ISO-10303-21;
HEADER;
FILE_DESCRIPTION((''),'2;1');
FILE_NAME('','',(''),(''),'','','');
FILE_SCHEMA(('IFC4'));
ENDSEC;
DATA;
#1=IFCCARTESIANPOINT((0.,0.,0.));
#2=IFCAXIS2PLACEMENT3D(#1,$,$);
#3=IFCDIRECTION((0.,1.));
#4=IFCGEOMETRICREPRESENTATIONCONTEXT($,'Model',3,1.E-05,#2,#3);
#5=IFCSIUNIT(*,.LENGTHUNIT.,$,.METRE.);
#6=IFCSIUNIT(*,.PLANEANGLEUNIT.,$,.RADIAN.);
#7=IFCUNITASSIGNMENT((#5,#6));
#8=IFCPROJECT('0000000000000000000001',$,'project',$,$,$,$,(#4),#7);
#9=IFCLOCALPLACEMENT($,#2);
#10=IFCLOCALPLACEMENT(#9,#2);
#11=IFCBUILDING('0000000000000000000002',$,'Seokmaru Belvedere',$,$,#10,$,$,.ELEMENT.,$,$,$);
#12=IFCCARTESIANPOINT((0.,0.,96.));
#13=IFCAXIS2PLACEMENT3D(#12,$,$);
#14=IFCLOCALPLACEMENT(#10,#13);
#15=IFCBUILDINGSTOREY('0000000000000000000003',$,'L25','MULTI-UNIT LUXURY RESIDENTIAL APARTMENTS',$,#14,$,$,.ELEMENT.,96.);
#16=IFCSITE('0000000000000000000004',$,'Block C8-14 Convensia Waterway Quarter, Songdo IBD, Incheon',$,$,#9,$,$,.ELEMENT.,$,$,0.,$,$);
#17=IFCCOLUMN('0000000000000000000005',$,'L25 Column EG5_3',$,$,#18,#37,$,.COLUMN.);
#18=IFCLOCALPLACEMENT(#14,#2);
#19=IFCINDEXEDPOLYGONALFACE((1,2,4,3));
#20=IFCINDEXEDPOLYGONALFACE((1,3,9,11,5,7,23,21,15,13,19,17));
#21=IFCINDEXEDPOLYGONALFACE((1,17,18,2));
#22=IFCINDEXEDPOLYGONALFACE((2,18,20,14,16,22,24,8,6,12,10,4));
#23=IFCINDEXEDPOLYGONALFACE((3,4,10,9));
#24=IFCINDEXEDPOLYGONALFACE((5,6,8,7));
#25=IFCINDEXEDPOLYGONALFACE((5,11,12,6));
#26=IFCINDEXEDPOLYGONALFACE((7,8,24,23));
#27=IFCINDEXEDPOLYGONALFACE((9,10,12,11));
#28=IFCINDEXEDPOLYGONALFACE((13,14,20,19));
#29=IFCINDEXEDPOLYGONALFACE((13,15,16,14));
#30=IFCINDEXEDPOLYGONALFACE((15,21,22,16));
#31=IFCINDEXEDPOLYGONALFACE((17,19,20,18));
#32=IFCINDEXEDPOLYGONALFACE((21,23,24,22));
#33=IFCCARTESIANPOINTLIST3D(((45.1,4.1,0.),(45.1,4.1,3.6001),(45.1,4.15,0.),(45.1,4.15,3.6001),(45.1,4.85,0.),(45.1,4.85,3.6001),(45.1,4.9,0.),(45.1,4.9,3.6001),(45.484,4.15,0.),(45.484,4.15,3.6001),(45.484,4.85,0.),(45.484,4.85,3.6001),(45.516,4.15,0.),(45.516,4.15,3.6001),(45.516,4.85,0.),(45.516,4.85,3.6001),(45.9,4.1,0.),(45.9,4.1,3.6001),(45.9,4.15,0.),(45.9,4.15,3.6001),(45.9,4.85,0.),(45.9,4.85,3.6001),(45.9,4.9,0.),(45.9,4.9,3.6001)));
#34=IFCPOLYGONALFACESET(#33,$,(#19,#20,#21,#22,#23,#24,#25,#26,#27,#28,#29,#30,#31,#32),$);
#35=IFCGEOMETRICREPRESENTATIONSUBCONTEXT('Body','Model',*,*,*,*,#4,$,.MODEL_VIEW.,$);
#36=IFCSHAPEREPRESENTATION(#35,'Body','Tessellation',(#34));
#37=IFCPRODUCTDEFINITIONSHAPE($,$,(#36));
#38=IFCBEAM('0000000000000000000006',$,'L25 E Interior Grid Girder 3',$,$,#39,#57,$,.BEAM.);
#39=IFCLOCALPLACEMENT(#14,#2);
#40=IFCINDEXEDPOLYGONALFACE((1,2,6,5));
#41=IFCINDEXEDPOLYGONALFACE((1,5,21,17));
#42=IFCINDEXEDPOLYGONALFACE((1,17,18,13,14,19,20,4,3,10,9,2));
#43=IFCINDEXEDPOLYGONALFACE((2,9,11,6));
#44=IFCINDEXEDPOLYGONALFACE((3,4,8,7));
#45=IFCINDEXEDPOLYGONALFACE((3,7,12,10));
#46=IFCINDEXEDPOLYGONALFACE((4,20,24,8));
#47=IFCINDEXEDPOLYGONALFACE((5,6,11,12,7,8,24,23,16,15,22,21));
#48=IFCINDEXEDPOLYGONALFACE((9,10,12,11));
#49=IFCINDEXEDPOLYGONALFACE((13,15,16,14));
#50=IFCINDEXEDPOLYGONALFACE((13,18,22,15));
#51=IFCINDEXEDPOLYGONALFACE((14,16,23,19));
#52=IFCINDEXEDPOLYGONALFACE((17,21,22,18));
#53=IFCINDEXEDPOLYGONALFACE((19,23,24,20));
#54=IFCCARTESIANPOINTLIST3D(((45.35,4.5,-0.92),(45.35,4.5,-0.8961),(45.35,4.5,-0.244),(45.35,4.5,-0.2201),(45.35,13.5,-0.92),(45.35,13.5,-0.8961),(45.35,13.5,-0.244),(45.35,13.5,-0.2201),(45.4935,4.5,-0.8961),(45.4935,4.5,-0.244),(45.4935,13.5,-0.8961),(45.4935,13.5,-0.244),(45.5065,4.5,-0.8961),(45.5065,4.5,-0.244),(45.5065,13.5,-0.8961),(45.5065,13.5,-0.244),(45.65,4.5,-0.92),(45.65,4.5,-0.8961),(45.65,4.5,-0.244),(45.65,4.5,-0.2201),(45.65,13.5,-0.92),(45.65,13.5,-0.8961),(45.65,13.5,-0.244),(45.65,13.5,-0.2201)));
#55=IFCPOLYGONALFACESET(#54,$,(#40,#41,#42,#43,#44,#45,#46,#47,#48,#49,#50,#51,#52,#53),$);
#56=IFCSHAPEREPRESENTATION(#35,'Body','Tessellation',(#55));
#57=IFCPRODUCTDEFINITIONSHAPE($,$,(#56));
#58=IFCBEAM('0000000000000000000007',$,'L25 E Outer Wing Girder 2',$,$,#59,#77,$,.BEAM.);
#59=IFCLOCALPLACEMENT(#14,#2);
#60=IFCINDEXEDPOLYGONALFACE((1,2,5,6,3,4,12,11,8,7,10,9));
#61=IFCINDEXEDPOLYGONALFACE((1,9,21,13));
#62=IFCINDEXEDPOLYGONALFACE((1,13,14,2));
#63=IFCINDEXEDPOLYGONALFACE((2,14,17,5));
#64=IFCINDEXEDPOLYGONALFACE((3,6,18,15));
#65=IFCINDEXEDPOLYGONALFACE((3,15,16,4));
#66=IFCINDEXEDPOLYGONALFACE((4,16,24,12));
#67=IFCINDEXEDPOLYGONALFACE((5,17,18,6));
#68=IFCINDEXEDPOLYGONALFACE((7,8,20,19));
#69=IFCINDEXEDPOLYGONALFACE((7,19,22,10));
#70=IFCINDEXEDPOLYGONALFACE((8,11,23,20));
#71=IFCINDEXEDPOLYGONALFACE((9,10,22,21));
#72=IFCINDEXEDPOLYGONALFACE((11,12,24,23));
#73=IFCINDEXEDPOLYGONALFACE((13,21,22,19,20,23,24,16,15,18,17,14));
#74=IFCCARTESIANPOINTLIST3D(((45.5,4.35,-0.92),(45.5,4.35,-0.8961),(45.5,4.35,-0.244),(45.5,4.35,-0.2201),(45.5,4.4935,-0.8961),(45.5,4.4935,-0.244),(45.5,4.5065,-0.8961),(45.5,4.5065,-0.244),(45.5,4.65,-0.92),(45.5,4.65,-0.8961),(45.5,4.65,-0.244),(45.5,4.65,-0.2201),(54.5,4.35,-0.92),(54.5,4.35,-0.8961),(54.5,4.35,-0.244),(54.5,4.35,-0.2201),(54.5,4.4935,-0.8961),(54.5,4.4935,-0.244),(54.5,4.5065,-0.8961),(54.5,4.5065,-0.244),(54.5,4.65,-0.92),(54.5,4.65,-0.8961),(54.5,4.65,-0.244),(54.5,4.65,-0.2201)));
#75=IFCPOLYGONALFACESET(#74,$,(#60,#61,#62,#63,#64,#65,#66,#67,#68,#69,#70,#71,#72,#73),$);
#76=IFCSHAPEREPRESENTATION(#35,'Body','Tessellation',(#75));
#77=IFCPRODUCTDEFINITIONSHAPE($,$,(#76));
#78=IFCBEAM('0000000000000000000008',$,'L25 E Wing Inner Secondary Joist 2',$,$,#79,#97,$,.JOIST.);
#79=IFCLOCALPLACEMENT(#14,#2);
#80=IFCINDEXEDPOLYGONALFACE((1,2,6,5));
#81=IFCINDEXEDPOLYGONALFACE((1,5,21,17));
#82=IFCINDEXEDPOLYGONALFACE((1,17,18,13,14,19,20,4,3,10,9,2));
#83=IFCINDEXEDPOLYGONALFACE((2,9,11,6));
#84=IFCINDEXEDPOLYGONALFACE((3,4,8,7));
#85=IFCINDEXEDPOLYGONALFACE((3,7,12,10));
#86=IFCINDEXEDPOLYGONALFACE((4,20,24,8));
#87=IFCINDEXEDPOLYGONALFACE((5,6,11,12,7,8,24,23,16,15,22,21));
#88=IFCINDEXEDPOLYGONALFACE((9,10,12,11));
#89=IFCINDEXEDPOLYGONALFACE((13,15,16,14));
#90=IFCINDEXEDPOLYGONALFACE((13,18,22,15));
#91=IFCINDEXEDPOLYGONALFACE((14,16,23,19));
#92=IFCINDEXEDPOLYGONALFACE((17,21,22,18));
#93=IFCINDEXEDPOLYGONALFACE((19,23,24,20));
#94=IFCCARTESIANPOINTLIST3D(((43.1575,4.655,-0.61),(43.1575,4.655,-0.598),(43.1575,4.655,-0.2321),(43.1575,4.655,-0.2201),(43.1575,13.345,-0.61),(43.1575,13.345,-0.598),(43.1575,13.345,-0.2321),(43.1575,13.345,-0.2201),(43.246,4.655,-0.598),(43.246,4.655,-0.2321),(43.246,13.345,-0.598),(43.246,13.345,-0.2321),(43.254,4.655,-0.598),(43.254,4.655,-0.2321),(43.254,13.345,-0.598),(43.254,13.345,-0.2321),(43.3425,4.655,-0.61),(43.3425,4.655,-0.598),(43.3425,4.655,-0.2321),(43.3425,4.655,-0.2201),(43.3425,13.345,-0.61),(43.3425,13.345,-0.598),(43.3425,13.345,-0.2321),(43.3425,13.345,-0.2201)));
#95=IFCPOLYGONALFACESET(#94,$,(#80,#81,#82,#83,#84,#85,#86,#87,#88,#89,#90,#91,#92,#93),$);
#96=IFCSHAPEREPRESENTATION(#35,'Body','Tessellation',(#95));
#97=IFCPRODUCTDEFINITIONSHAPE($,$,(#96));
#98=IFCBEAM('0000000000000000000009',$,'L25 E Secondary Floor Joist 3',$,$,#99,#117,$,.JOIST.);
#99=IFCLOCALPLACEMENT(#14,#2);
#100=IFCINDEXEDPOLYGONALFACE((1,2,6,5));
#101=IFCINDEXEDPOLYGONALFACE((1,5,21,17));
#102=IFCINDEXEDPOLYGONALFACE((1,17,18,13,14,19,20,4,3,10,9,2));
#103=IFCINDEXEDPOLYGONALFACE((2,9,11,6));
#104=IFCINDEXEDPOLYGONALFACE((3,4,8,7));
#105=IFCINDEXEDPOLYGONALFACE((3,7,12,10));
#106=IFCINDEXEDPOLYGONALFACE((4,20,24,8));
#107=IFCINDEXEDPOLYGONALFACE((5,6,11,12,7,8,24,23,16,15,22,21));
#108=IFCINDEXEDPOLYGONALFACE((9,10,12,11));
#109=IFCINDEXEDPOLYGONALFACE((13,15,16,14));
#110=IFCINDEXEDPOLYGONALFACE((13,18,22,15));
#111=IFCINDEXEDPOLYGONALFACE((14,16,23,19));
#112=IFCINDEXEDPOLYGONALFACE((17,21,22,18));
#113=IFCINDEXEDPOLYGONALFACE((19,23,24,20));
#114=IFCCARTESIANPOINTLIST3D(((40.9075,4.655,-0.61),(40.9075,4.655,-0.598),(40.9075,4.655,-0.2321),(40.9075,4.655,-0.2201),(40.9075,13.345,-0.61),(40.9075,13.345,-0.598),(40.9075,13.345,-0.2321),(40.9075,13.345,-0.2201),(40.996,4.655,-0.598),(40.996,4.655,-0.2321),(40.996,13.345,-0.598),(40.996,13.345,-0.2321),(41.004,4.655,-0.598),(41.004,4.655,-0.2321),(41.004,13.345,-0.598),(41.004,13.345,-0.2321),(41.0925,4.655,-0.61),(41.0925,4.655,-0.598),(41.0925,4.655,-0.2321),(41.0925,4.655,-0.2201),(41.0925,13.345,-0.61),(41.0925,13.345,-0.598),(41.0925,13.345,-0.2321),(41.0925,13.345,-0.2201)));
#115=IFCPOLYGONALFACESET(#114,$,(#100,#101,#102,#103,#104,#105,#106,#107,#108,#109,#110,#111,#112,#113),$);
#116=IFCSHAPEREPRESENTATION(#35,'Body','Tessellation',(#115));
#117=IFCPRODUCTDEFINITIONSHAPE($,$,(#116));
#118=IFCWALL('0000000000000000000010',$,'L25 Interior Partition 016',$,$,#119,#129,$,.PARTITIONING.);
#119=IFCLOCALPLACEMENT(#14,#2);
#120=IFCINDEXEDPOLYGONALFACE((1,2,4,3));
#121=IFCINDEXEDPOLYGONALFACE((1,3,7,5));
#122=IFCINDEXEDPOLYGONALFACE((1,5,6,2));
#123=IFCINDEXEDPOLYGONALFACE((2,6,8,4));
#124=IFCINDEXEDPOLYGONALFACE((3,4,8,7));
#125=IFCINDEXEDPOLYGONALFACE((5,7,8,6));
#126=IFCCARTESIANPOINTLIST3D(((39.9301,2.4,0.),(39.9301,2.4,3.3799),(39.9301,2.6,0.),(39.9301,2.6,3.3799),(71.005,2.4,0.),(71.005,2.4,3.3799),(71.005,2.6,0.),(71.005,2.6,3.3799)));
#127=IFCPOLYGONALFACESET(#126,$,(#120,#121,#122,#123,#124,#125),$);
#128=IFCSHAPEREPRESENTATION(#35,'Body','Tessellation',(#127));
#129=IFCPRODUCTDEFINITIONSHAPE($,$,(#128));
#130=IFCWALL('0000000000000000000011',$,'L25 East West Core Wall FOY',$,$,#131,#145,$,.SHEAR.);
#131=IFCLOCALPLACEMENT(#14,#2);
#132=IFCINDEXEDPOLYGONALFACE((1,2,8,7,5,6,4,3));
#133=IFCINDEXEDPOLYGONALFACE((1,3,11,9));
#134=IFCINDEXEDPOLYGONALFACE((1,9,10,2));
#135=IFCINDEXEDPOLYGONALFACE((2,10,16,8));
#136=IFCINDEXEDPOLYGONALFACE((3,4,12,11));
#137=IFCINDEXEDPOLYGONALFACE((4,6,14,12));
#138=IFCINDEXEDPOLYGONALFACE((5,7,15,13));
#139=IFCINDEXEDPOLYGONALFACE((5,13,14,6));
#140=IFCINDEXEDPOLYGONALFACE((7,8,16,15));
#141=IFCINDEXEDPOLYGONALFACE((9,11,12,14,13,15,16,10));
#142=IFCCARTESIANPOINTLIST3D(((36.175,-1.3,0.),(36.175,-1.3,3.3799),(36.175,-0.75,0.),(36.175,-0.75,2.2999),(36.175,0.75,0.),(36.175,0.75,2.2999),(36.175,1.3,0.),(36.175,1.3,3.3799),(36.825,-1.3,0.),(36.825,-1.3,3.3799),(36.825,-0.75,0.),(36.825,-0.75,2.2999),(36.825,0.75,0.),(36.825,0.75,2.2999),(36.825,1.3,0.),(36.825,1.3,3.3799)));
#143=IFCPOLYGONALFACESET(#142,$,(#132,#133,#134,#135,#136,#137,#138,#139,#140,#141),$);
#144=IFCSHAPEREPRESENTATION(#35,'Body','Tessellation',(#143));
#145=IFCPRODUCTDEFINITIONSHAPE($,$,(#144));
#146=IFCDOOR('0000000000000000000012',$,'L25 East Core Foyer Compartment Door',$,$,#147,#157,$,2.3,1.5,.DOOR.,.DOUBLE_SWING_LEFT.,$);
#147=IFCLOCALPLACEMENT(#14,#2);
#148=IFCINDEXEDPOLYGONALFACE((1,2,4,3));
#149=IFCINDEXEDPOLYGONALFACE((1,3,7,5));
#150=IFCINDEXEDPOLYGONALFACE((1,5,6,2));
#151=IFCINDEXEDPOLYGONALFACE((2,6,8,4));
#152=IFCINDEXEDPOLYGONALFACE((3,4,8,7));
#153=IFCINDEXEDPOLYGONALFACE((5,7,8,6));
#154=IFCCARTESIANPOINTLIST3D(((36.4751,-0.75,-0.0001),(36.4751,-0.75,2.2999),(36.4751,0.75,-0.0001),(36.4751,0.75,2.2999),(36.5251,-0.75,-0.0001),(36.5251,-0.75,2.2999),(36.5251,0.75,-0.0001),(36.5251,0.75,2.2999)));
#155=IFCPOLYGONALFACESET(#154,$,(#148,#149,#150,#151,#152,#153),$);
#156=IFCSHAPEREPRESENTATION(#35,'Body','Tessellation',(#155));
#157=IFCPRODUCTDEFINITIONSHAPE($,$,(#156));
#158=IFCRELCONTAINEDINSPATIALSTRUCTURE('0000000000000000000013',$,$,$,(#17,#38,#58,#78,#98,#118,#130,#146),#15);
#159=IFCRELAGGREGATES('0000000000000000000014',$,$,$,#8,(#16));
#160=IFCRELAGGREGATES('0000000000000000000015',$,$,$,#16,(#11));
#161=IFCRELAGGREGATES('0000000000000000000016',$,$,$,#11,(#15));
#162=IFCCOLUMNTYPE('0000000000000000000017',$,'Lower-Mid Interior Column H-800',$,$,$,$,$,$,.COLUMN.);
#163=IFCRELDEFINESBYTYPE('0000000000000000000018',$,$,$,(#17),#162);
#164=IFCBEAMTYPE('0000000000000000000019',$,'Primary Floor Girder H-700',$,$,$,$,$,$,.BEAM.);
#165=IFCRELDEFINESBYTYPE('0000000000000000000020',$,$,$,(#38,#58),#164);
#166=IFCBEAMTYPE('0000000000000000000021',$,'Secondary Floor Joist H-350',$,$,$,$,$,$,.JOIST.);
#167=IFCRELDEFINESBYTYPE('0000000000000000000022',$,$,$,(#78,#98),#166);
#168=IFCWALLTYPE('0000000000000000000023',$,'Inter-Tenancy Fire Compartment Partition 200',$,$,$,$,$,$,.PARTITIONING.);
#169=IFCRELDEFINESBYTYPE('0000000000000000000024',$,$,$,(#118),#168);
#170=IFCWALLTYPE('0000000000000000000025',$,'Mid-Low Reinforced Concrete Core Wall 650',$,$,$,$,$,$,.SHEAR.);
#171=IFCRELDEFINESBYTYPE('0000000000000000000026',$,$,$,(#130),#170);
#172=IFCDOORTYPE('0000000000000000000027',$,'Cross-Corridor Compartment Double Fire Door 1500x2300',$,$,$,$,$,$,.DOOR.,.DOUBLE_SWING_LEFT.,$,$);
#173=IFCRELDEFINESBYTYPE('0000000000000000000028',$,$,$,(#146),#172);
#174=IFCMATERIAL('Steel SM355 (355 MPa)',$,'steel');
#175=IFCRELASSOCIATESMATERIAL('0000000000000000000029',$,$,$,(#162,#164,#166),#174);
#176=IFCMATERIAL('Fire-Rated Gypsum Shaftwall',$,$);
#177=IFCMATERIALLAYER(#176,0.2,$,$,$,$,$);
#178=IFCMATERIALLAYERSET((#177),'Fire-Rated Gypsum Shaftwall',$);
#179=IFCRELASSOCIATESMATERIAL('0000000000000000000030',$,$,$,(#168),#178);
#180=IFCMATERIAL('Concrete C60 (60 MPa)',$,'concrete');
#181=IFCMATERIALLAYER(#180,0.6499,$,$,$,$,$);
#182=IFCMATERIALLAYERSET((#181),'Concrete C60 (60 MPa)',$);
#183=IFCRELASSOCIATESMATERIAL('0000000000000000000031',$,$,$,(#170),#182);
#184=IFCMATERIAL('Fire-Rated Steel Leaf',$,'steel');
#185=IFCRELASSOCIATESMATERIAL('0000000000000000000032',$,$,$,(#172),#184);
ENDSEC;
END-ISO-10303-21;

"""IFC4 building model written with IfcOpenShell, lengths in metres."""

from ifc_helpers import new_model, si_unit, direction, frame, frame_2d, origin, origin_2d, place, context, subcontext, project, spatial, rectangle, i_section, extrude, source, transform, mapped, material, layer, layer_set, material_profile, profile_set, type_object, type_shapes, element, fill, save


model = new_model("IFC4")

# Units and contexts
model_context = context("Model", 3, precision=1e-05, world=origin(), true_north=direction((0.0, 1.0)))
body_context = subcontext(model_context, "Body", "Model", "MODEL_VIEW")
ifc_project = project(units=[si_unit("LENGTHUNIT", "METRE"), si_unit("PLANEANGLEUNIT", "RADIAN")], contexts=[model_context])

# Site, building, storey
site_placement = place(None, origin())
site = spatial("IfcSite", under=ifc_project, at=site_placement, Name="Block C8-14 Convensia Waterway Quarter, Songdo IBD, Incheon", CompositionType="ELEMENT", RefElevation=0.0)
building_placement = place(site_placement, origin())
building = spatial("IfcBuilding", under=site, at=building_placement, Name="Seokmaru Belvedere", CompositionType="ELEMENT")
storey_placement = place(building_placement, frame((0.0, 0.0, 96.0)))
storey = spatial("IfcBuildingStorey", under=building, at=storey_placement, Name="L25", Description="MULTI-UNIT LUXURY RESIDENTIAL APARTMENTS", CompositionType="ELEMENT", Elevation=96.0)

# Column
ifc_material_1 = material(Name="Steel SM355 (355 MPa)", Category="steel")
ifc_material_profile_1 = material_profile(ifc_material_1, i_section(OverallWidth=0.8, OverallDepth=0.8, WebThickness=0.032, FlangeThickness=0.05, at=origin_2d()), Name="H-800x800x32x50")
ifc_profile_set_1 = profile_set([ifc_material_profile_1], Name="Steel SM355 (355 MPa)")
column_type = type_object("IfcColumnType", Name="Lower-Mid Interior Column H-800", PredefinedType="COLUMN", material=ifc_profile_set_1)
shared_shape_1 = source(origin(), body_context, "Body", "SweptSolid", [
    extrude(i_section(OverallWidth=0.8, OverallDepth=0.8, WebThickness=0.032, FlangeThickness=0.05, at=origin_2d()), origin(), (0.0, 0.0, 1.0), 3.6001),
])
type_shapes(column_type, [shared_shape_1])
column_placement = place(storey_placement, frame((45.5, 4.5, 0.0), z_axis=(0.0, 0.0, 1.0), x_axis=(1.0, 0.0, 0.0)))
element("IfcColumn", 1, at=column_placement, inside=storey, type_object=column_type, Name="L25 Column EG5_3", PredefinedType="COLUMN", context=body_context, shape_type="MappedRepresentation", body=[
    mapped(shared_shape_1, transform((0.0, 0.0, 0.0), scale=1.0)),
])

# Beams
ifc_material_profile_2 = material_profile(ifc_material_1, i_section(OverallWidth=0.3, OverallDepth=0.7, WebThickness=0.0129, FlangeThickness=0.0239, at=origin_2d()), Name="H-700x300x13x24")
ifc_profile_set_2 = profile_set([ifc_material_profile_2], Name="Steel SM355 (355 MPa)")
beam_type_1 = type_object("IfcBeamType", Name="Primary Floor Girder H-700", PredefinedType="BEAM", material=ifc_profile_set_2)
shared_shape_2 = source(origin(), body_context, "Body", "SweptSolid", [
    extrude(i_section(OverallWidth=0.3, OverallDepth=0.7, WebThickness=0.0129, FlangeThickness=0.0239, at=origin_2d()), origin(), (0.0, 0.0, 1.0), 9.0),
])
type_shapes(beam_type_1, [shared_shape_2])
for number, where, z_axis, x_axis, name in (
    (2, (45.5, 4.5, -0.5701), (0.0, 1.0, 0.0), (-1.0, 0.0, 0.0), "L25 E Interior Grid Girder 3"),
    (3, (45.5, 4.5, -0.5701), (1.0, 0.0, 0.0), (0.0, 1.0, 0.0), "L25 E Outer Wing Girder 2"),
):
    element("IfcBeam", number, at=place(storey_placement, frame(where, z_axis=z_axis, x_axis=x_axis)), inside=storey, type_object=beam_type_1, Name=name, PredefinedType="BEAM", context=body_context, shape_type="MappedRepresentation", body=[
        mapped(shared_shape_2, transform((0.0, 0.0, 0.0), scale=1.0)),
    ])
ifc_material_profile_3 = material_profile(ifc_material_1, i_section(OverallWidth=0.1851, OverallDepth=0.3899, WebThickness=0.0081, FlangeThickness=0.012, at=origin_2d()), Name="H-390x185x8x12")
ifc_profile_set_3 = profile_set([ifc_material_profile_3], Name="Steel SM355 (355 MPa)")
beam_type_2 = type_object("IfcBeamType", Name="Secondary Floor Joist H-350", PredefinedType="JOIST", material=ifc_profile_set_3)
shared_shape_3 = source(origin(), body_context, "Body", "SweptSolid", [
    extrude(i_section(OverallWidth=0.1851, OverallDepth=0.3899, WebThickness=0.0081, FlangeThickness=0.012, at=origin_2d()), origin(), (0.0, 0.0, 1.0), 8.6899),
])
type_shapes(beam_type_2, [shared_shape_3])
for number, where, z_axis, x_axis, name in (
    (4, (43.25, 4.655, -0.415), (0.0, 1.0, 0.0), (-1.0, 0.0, 0.0), "L25 E Wing Inner Secondary Joist 2"),
    (5, (41.0, 4.655, -0.415), (0.0, 1.0, 0.0), (-1.0, 0.0, 0.0), "L25 E Secondary Floor Joist 3"),
):
    element("IfcBeam", number, at=place(storey_placement, frame(where, z_axis=z_axis, x_axis=x_axis)), inside=storey, type_object=beam_type_2, Name=name, PredefinedType="JOIST", context=body_context, shape_type="MappedRepresentation", body=[
        mapped(shared_shape_3, transform((0.0, 0.0, 0.0), scale=1.0)),
    ])

# Shared definitions
ifc_material_2 = material(Name="Fire-Rated Gypsum Shaftwall")

# Wall
ifc_layer_1 = layer(ifc_material_2, 0.2)
ifc_layer_set_1 = layer_set([ifc_layer_1], Name="Fire-Rated Gypsum Shaftwall")
wall_type_1 = type_object("IfcWallType", Name="Inter-Tenancy Fire Compartment Partition 200", PredefinedType="PARTITIONING", material=ifc_layer_set_1)
wall_1_placement = place(storey_placement, frame((39.9299, 2.5, 0.0), z_axis=(0.0, 0.0, 1.0), x_axis=(1.0, 0.0, 0.0)))
element("IfcWall", 6, at=wall_1_placement, inside=storey, type_object=wall_type_1, Name="L25 Interior Partition 016", PredefinedType="PARTITIONING", context=body_context, shape_type="SweptSolid", body=[
    extrude(rectangle(XDim=31.075, YDim=0.2, at=frame_2d((15.5376, 0.0))), origin(), (0.0, 0.0, 1.0), 3.3799),
])

# Wall, opening, door
ifc_material_3 = material(Name="Concrete C60 (60 MPa)", Category="concrete")
ifc_layer_2 = layer(ifc_material_3, 0.6499)
ifc_layer_set_2 = layer_set([ifc_layer_2], Name="Concrete C60 (60 MPa)")
wall_type_2 = type_object("IfcWallType", Name="Mid-Low Reinforced Concrete Core Wall 650", PredefinedType="SHEAR", material=ifc_layer_set_2)
wall_2_placement = place(storey_placement, frame((36.5, -1.3, 0.0), z_axis=(0.0, 0.0, 1.0), x_axis=(0.0, 1.0, 0.0)))
wall_2 = element("IfcWall", 7, at=wall_2_placement, inside=storey, type_object=wall_type_2, Name="L25 East West Core Wall FOY", PredefinedType="SHEAR", context=body_context, shape_type="SweptSolid", body=[
    extrude(rectangle(XDim=2.6001, YDim=0.6499, at=frame_2d((1.3, 0.0))), origin(), (0.0, 0.0, 1.0), 3.3799),
])
opening_1_placement = place(wall_2_placement, frame((0.55, 0.0, 0.0)))
opening_1 = element("IfcOpeningElement", 8, at=opening_1_placement, cuts=wall_2, PredefinedType="OPENING", context=body_context, shape_type="SweptSolid", body=[
    extrude(rectangle(XDim=1.5, YDim=2.3, at=frame_2d((0.75, 1.1499))), frame((0.0, 0.335, 0.0), z_axis=(0.0, -1.0, 0.0), x_axis=(1.0, 0.0, 0.0)), (0.0, 0.0, 1.0), 0.6699),
])
ifc_material_4 = material(Name="Fire-Rated Steel Leaf", Category="steel")
door_type_1 = type_object("IfcDoorType", Name="Cross-Corridor Compartment Double Fire Door 1500x2300", OperationType="DOUBLE_SWING_LEFT", PredefinedType="DOOR", material=ifc_material_4)
shared_shape_4 = source(origin(), body_context, "Body", "SweptSolid", [
    extrude(rectangle(XDim=1.5, YDim=2.3, at=frame_2d((0.75, 1.1499))), frame((0.0, 0.0249, 0.0), z_axis=(0.0, -1.0, 0.0), x_axis=(1.0, 0.0, 0.0)), (0.0, 0.0, 1.0), 0.05),
])
type_shapes(door_type_1, [shared_shape_4])
door_1_placement = place(opening_1_placement, origin())
door_1 = element("IfcDoor", 9, at=door_1_placement, inside=storey, type_object=door_type_1, Name="L25 East Core Foyer Compartment Door", OperationType="DOUBLE_SWING_LEFT", OverallHeight=2.3, OverallWidth=1.5, PredefinedType="DOOR", context=body_context, shape_type="MappedRepresentation", body=[
    mapped(shared_shape_4, transform((0.0, 0.0, 0.0), scale=1.0)),
])
fill(opening_1, door_1)

save(model, "model.ifc")
